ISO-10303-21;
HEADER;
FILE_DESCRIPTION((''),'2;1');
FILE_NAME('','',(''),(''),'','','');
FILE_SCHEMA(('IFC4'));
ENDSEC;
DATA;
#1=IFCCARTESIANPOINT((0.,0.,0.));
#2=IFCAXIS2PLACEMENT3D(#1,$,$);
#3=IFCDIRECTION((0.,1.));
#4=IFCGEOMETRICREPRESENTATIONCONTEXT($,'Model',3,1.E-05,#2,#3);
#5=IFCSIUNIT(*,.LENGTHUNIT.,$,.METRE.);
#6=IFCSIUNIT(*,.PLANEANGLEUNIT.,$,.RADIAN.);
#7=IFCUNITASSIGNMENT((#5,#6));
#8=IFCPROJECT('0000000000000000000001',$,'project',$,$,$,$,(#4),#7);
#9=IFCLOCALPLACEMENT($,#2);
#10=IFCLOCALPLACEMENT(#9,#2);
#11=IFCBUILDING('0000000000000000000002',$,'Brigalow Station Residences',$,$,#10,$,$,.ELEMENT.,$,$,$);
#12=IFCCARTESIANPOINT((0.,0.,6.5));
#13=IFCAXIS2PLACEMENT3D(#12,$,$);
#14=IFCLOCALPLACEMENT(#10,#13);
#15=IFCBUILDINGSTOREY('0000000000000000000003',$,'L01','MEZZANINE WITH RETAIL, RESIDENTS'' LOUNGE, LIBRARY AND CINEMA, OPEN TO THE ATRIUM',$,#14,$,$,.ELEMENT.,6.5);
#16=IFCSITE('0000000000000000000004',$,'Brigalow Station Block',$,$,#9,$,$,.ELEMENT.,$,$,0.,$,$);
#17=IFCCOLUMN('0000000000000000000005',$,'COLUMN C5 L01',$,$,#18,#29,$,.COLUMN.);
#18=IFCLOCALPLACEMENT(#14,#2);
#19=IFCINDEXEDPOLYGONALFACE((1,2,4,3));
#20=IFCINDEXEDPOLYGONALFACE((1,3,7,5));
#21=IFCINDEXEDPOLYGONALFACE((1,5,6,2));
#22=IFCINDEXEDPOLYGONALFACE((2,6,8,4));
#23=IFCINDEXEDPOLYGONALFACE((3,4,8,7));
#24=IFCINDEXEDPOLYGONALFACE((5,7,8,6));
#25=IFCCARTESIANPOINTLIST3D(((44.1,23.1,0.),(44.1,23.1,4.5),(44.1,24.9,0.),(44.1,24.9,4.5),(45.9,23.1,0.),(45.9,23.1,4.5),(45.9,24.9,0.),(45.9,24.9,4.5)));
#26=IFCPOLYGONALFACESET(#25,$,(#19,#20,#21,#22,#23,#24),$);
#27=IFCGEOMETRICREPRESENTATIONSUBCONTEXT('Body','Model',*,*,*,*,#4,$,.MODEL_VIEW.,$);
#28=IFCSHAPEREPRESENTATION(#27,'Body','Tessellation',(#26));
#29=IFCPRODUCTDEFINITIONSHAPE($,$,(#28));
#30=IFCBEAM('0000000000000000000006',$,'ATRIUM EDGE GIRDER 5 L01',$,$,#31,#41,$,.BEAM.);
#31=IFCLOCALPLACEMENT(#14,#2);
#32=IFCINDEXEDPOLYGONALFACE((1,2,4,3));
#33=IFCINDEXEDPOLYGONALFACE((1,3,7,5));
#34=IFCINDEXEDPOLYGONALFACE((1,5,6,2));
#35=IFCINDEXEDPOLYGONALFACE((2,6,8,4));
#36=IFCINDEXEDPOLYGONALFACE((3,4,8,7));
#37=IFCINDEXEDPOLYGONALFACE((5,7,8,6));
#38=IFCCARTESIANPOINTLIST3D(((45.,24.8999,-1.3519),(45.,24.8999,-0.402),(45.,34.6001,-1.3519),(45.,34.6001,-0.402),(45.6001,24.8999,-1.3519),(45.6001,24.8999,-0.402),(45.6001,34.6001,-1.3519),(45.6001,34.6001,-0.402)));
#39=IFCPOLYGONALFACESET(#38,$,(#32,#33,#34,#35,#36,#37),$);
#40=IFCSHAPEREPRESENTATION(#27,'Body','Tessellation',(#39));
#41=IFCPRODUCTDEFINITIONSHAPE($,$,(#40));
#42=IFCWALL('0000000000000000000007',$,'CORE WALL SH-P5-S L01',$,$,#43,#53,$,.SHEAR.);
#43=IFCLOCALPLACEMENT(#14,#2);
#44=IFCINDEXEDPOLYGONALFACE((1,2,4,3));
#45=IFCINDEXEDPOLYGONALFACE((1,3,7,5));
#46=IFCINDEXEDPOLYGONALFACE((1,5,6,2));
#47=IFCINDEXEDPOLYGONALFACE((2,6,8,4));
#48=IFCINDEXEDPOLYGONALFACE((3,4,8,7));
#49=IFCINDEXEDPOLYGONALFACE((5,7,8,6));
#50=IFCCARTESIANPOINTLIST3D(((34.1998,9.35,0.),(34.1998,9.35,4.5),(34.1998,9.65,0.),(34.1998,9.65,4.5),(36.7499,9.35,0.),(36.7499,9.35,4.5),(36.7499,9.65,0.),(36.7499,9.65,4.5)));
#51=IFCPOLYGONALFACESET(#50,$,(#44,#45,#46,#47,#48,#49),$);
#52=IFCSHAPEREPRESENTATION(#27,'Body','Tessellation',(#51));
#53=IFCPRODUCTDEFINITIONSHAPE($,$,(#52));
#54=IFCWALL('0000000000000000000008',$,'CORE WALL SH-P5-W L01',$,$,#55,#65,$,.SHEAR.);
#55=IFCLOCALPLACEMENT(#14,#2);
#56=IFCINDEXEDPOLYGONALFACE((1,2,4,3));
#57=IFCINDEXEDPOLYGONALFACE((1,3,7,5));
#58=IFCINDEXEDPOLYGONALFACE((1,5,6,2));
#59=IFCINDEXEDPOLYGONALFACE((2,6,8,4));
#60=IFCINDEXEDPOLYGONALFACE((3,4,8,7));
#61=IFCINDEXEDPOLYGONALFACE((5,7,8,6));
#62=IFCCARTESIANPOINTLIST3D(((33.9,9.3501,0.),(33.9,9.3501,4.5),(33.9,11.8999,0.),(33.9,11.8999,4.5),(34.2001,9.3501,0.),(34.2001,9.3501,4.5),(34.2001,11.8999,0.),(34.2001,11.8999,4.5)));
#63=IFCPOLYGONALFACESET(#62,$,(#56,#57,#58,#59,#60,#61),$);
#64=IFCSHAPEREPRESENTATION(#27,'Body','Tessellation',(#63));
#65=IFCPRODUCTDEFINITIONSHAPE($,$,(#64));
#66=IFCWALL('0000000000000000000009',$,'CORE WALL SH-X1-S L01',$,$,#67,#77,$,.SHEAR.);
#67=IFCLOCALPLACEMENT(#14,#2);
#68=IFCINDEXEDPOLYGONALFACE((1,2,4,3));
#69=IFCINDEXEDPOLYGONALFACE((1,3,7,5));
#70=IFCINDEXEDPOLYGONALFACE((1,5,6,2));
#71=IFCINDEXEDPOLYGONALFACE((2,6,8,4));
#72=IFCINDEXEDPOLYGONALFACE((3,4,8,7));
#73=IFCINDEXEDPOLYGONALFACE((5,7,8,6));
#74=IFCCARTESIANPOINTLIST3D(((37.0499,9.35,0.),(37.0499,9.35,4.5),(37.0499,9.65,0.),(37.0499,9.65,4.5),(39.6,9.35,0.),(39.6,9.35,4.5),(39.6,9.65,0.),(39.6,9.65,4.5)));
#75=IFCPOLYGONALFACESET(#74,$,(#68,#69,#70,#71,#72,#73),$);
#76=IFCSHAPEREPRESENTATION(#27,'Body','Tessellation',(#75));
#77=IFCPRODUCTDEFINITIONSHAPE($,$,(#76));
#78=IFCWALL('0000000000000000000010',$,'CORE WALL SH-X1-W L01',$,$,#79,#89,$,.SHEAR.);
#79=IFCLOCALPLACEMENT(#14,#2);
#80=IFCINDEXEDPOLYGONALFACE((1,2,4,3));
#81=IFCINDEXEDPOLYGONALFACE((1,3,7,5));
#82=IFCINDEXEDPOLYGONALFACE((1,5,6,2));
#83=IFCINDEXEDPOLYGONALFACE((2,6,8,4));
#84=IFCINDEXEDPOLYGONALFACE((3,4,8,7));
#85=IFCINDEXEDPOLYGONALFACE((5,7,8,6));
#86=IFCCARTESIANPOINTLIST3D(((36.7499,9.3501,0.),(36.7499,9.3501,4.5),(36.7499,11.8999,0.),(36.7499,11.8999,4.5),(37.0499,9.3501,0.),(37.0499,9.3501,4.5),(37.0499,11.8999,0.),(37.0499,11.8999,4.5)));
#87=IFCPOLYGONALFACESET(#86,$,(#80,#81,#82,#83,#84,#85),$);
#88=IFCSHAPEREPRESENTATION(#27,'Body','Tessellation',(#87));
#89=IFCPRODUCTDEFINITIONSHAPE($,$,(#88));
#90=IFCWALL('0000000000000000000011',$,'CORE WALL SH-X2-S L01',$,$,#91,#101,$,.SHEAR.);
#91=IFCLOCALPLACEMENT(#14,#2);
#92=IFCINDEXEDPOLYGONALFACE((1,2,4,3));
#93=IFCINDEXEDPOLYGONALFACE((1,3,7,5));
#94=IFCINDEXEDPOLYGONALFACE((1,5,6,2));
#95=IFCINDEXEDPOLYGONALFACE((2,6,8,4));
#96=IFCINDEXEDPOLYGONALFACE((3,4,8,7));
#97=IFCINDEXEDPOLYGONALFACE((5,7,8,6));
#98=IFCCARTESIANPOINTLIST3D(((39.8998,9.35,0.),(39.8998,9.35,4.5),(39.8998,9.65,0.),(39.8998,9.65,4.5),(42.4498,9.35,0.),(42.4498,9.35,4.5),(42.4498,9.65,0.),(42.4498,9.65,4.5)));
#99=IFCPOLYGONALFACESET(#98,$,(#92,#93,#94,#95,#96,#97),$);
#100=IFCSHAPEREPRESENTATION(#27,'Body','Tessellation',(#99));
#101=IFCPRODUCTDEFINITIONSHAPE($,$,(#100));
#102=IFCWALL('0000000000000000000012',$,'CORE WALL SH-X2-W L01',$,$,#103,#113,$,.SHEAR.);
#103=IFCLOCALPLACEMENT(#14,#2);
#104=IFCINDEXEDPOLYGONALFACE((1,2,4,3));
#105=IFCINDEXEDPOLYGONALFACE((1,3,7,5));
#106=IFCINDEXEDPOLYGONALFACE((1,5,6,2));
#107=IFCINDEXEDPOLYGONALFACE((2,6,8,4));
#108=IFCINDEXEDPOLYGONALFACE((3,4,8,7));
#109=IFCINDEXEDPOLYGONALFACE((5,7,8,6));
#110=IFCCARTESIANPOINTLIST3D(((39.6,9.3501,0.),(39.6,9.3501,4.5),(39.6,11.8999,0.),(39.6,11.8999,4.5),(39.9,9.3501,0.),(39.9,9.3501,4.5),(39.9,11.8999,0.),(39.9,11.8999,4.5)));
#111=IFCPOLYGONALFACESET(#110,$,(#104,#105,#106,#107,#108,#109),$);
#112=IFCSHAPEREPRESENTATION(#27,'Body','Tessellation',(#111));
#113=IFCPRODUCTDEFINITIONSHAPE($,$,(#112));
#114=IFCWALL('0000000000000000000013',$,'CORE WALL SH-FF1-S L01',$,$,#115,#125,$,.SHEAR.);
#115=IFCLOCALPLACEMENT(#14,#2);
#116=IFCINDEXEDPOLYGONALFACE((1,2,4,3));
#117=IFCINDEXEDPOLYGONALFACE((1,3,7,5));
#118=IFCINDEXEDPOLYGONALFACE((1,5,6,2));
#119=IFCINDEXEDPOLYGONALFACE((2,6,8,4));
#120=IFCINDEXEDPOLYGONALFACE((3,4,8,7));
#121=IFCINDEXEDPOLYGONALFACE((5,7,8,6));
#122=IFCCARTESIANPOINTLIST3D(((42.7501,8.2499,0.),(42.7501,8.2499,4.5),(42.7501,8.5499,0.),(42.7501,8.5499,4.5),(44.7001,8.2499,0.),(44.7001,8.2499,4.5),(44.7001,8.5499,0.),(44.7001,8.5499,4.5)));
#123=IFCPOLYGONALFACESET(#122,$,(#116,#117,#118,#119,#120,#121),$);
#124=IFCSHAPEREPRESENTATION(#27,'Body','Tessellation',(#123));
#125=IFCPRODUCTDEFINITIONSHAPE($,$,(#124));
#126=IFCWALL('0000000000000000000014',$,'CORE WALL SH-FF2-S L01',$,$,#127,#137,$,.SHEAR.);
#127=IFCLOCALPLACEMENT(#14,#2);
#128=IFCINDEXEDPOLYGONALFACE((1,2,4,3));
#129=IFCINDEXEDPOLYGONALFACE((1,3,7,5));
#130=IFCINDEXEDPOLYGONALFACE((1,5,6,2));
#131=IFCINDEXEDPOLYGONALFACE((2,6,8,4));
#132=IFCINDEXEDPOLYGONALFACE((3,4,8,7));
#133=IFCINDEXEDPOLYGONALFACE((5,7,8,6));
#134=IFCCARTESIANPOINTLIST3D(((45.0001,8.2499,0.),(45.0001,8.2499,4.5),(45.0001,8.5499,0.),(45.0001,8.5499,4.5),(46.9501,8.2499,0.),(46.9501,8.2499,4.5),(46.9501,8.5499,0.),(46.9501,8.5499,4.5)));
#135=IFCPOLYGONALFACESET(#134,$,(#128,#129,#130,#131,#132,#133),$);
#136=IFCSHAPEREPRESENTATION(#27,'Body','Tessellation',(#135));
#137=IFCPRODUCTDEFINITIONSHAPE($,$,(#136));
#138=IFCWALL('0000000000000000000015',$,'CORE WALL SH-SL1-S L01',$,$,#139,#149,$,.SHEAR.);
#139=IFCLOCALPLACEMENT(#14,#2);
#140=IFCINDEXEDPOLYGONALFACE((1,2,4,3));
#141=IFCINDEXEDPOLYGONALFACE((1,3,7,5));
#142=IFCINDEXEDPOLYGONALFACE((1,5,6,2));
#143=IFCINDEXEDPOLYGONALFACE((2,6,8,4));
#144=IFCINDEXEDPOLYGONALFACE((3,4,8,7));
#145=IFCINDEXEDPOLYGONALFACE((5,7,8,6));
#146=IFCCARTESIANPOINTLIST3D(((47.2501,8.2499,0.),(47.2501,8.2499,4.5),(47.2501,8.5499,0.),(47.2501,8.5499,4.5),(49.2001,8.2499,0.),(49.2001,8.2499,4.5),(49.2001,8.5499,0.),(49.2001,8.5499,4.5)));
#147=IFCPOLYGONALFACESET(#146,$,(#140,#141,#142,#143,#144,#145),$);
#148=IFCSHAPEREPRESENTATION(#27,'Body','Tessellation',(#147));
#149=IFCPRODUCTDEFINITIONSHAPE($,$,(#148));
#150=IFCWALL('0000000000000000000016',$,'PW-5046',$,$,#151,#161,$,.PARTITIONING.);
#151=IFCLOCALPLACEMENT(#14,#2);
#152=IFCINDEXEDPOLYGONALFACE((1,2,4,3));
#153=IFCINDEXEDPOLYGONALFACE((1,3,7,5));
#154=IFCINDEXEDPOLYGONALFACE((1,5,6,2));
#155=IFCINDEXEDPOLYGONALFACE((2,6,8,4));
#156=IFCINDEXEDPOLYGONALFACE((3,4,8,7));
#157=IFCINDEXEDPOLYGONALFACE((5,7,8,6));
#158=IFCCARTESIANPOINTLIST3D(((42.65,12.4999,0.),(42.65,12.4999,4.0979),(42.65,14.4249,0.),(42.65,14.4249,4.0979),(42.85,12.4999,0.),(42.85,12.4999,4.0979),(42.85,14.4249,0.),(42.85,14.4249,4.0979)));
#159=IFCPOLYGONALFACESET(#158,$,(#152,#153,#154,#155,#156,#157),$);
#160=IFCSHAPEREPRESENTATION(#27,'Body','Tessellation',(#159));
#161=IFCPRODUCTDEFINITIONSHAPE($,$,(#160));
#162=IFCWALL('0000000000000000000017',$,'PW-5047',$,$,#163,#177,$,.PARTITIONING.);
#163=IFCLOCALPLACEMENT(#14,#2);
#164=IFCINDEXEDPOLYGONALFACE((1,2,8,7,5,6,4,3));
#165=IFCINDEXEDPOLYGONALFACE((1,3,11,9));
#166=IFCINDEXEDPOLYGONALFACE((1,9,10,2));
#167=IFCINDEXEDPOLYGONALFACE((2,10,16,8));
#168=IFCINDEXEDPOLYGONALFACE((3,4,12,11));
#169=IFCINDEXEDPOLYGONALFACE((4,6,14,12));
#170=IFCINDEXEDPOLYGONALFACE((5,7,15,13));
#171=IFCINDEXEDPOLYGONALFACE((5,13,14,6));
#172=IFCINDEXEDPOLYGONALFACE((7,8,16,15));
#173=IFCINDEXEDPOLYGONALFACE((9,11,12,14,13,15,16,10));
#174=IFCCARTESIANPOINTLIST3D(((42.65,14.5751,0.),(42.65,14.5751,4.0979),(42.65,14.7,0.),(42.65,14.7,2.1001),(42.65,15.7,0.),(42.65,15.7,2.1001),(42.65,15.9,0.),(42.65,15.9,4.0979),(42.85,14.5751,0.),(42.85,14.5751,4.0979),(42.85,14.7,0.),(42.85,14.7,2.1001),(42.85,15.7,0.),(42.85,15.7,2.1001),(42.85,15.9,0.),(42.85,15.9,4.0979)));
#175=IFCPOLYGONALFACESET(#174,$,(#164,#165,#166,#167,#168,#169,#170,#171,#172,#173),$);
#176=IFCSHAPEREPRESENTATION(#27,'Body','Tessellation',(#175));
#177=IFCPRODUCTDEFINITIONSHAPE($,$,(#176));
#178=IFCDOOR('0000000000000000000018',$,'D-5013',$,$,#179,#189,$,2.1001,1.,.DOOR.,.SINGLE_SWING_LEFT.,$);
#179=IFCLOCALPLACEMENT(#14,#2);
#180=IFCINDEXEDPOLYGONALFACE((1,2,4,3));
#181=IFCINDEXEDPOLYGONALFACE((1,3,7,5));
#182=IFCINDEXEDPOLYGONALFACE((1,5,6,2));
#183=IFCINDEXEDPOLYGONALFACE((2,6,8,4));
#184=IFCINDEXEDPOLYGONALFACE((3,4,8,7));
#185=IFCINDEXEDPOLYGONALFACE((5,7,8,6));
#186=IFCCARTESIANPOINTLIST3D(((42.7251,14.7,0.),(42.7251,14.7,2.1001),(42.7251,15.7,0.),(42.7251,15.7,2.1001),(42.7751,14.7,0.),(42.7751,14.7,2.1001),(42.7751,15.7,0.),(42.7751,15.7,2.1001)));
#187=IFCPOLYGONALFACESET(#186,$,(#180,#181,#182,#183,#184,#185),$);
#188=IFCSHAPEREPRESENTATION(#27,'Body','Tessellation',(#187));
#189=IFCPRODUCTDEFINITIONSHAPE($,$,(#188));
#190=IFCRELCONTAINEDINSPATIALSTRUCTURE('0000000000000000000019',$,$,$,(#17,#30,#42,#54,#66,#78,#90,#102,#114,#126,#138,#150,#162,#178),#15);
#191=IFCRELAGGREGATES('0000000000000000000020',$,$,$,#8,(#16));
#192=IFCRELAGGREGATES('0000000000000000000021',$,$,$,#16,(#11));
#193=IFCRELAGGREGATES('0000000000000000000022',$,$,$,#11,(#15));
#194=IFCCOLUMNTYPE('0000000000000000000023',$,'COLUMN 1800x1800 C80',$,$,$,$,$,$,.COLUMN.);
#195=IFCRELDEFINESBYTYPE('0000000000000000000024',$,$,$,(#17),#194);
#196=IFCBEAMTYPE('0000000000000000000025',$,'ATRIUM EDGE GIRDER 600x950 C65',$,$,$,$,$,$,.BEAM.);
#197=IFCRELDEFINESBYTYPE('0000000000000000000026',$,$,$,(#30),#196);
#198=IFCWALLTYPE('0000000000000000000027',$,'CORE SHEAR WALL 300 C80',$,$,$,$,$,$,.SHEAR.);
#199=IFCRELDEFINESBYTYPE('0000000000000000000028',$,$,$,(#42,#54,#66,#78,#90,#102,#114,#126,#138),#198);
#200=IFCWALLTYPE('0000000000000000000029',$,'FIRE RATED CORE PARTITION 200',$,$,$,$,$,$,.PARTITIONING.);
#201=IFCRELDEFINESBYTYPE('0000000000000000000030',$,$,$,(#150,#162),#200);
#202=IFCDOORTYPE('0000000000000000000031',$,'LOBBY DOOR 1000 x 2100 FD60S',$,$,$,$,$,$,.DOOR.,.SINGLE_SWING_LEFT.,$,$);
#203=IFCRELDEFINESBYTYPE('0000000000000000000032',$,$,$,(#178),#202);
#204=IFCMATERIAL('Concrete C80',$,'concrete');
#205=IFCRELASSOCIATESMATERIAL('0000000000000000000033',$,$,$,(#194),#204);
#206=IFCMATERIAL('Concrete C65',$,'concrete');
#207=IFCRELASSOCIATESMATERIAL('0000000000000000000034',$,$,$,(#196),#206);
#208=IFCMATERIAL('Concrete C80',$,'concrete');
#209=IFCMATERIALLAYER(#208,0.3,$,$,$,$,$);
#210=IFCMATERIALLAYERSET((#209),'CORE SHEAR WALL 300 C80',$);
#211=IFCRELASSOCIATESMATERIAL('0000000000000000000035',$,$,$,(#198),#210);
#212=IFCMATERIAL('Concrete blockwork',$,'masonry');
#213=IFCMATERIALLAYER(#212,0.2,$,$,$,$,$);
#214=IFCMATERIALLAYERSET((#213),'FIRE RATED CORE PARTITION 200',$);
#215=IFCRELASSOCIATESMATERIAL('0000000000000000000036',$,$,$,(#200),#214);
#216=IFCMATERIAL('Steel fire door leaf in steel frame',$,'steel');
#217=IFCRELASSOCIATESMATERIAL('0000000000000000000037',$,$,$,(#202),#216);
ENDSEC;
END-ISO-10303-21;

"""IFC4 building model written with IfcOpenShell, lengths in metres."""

from ifc_helpers import new_model, si_unit, direction, frame, frame_2d, origin, origin_2d, place, context, subcontext, project, spatial, rectangle, extrude, material, layer, layer_set, material_profile, profile_set, type_object, element, fill, save


model = new_model("IFC4")

# Units and contexts
model_context = context("Model", 3, precision=1e-05, world=origin(), true_north=direction((0.0, 1.0)))
body_context = subcontext(model_context, "Body", "Model", "MODEL_VIEW")
ifc_project = project(units=[si_unit("LENGTHUNIT", "METRE"), si_unit("PLANEANGLEUNIT", "RADIAN")], contexts=[model_context])

# Site, building, storey
site_placement = place(None, origin())
site = spatial("IfcSite", under=ifc_project, at=site_placement, Name="Brigalow Station Block", CompositionType="ELEMENT", RefElevation=0.0)
building_placement = place(site_placement, origin())
building = spatial("IfcBuilding", under=site, at=building_placement, Name="Brigalow Station Residences", CompositionType="ELEMENT")
storey_placement = place(building_placement, frame((0.0, 0.0, 6.5)))
storey = spatial("IfcBuildingStorey", under=building, at=storey_placement, Name="L01", Description="MEZZANINE WITH RETAIL, RESIDENTS' LOUNGE, LIBRARY AND CINEMA, OPEN TO THE ATRIUM", CompositionType="ELEMENT", Elevation=6.5)

# Column
ifc_material_1 = material(Name="Concrete C80", Category="concrete")
ifc_material_profile_1 = material_profile(ifc_material_1, rectangle(XDim=1.8, YDim=1.8, at=origin_2d()), Name="RC1800x1800")
ifc_profile_set_1 = profile_set([ifc_material_profile_1], Name="Concrete C80")
column_type = type_object("IfcColumnType", Name="COLUMN 1800x1800 C80", PredefinedType="COLUMN", material=ifc_profile_set_1)
column_placement = place(storey_placement, frame((45.0, 24.0, 0.0), z_axis=(0.0, 0.0, 1.0), x_axis=(1.0, 0.0, 0.0)))
element("IfcColumn", 1, at=column_placement, inside=storey, type_object=column_type, Name="COLUMN C5 L01", PredefinedType="COLUMN", context=body_context, shape_type="SweptSolid", body=[
    extrude(rectangle(XDim=1.8, YDim=1.8, at=origin_2d()), origin(), (0.0, 0.0, 1.0), 4.5),
])

# Beam
ifc_material_2 = material(Name="Concrete C65", Category="concrete")
ifc_material_profile_2 = material_profile(ifc_material_2, rectangle(XDim=0.6001, YDim=0.95, at=origin_2d()), Name="RC600x950")
ifc_profile_set_2 = profile_set([ifc_material_profile_2], Name="Concrete C65")
beam_type = type_object("IfcBeamType", Name="ATRIUM EDGE GIRDER 600x950 C65", PredefinedType="BEAM", material=ifc_profile_set_2)
beam_placement = place(storey_placement, frame((45.3, 24.8999, -0.877), z_axis=(0.0, 1.0, 0.0), x_axis=(-1.0, 0.0, 0.0)))
element("IfcBeam", 2, at=beam_placement, inside=storey, type_object=beam_type, Name="ATRIUM EDGE GIRDER 5 L01", PredefinedType="BEAM", context=body_context, shape_type="SweptSolid", body=[
    extrude(rectangle(XDim=0.6001, YDim=0.95, at=origin_2d()), origin(), (0.0, 0.0, 1.0), 9.7002),
])

# Walls
ifc_material_3 = material(Name="Concrete C80", Category="concrete")
ifc_layer_1 = layer(ifc_material_3, 0.3)
ifc_layer_set_1 = layer_set([ifc_layer_1], Name="CORE SHEAR WALL 300 C80")
wall_type_1 = type_object("IfcWallType", Name="CORE SHEAR WALL 300 C80", PredefinedType="SHEAR", material=ifc_layer_set_1)
wall_1_placement = place(storey_placement, frame((34.2, 9.5, 0.0), z_axis=(0.0, 0.0, 1.0), x_axis=(1.0, 0.0, 0.0)))
element("IfcWall", 3, at=wall_1_placement, inside=storey, type_object=wall_type_1, Name="CORE WALL SH-P5-S L01", PredefinedType="SHEAR", context=body_context, shape_type="SweptSolid", body=[
    extrude(rectangle(XDim=2.55, YDim=0.3, at=frame_2d((1.2749, 0.0))), origin(), (0.0, 0.0, 1.0), 4.5),
])
wall_2_placement = place(storey_placement, frame((34.05, 9.3501, 0.0), z_axis=(0.0, 0.0, 1.0), x_axis=(0.0, 1.0, 0.0)))
element("IfcWall", 4, at=wall_2_placement, inside=storey, type_object=wall_type_1, Name="CORE WALL SH-P5-W L01", PredefinedType="SHEAR", context=body_context, shape_type="SweptSolid", body=[
    extrude(rectangle(XDim=2.5498, YDim=0.3, at=frame_2d((1.2749, 0.0))), origin(), (0.0, 0.0, 1.0), 4.5),
])
wall_3_placement = place(storey_placement, frame((37.05, 9.5, 0.0), z_axis=(0.0, 0.0, 1.0), x_axis=(1.0, 0.0, 0.0)))
element("IfcWall", 5, at=wall_3_placement, inside=storey, type_object=wall_type_1, Name="CORE WALL SH-X1-S L01", PredefinedType="SHEAR", context=body_context, shape_type="SweptSolid", body=[
    extrude(rectangle(XDim=2.55, YDim=0.3, at=frame_2d((1.2749, 0.0))), origin(), (0.0, 0.0, 1.0), 4.5),
])
wall_4_placement = place(storey_placement, frame((36.8999, 9.3501, 0.0), z_axis=(0.0, 0.0, 1.0), x_axis=(0.0, 1.0, 0.0)))
element("IfcWall", 6, at=wall_4_placement, inside=storey, type_object=wall_type_1, Name="CORE WALL SH-X1-W L01", PredefinedType="SHEAR", context=body_context, shape_type="SweptSolid", body=[
    extrude(rectangle(XDim=2.5498, YDim=0.3, at=frame_2d((1.2749, 0.0))), origin(), (0.0, 0.0, 1.0), 4.5),
])
wall_5_placement = place(storey_placement, frame((39.8999, 9.5, 0.0), z_axis=(0.0, 0.0, 1.0), x_axis=(1.0, 0.0, 0.0)))
element("IfcWall", 7, at=wall_5_placement, inside=storey, type_object=wall_type_1, Name="CORE WALL SH-X2-S L01", PredefinedType="SHEAR", context=body_context, shape_type="SweptSolid", body=[
    extrude(rectangle(XDim=2.55, YDim=0.3, at=frame_2d((1.2749, 0.0))), origin(), (0.0, 0.0, 1.0), 4.5),
])
wall_6_placement = place(storey_placement, frame((39.75, 9.3501, 0.0), z_axis=(0.0, 0.0, 1.0), x_axis=(0.0, 1.0, 0.0)))
element("IfcWall", 8, at=wall_6_placement, inside=storey, type_object=wall_type_1, Name="CORE WALL SH-X2-W L01", PredefinedType="SHEAR", context=body_context, shape_type="SweptSolid", body=[
    extrude(rectangle(XDim=2.5498, YDim=0.3, at=frame_2d((1.2749, 0.0))), origin(), (0.0, 0.0, 1.0), 4.5),
])
for number, where, z_axis, x_axis, name in (
    (9, (42.75, 8.3999, 0.0), (0.0, 0.0, 1.0), (1.0, 0.0, 0.0), "CORE WALL SH-FF1-S L01"),
    (10, (45.0, 8.3999, 0.0), (0.0, 0.0, 1.0), (1.0, 0.0, 0.0), "CORE WALL SH-FF2-S L01"),
    (11, (47.25, 8.3999, 0.0), (0.0, 0.0, 1.0), (1.0, 0.0, 0.0), "CORE WALL SH-SL1-S L01"),
):
    element("IfcWall", number, at=place(storey_placement, frame(where, z_axis=z_axis, x_axis=x_axis)), inside=storey, type_object=wall_type_1, Name=name, PredefinedType="SHEAR", context=body_context, shape_type="SweptSolid", body=[
        extrude(rectangle(XDim=1.95, YDim=0.3, at=frame_2d((0.9751, 0.0))), origin(), (0.0, 0.0, 1.0), 4.5),
    ])
ifc_material_4 = material(Name="Concrete blockwork", Category="masonry")
ifc_layer_2 = layer(ifc_material_4, 0.2)
ifc_layer_set_2 = layer_set([ifc_layer_2], Name="FIRE RATED CORE PARTITION 200")
wall_type_2 = type_object("IfcWallType", Name="FIRE RATED CORE PARTITION 200", PredefinedType="PARTITIONING", material=ifc_layer_set_2)
wall_7_placement = place(storey_placement, frame((42.75, 12.5, 0.0), z_axis=(0.0, 0.0, 1.0), x_axis=(0.0, 1.0, 0.0)))
element("IfcWall", 12, at=wall_7_placement, inside=storey, type_object=wall_type_2, Name="PW-5046", PredefinedType="PARTITIONING", context=body_context, shape_type="SweptSolid", body=[
    extrude(rectangle(XDim=1.925, YDim=0.2, at=frame_2d((0.9624, 0.0))), origin(), (0.0, 0.0, 1.0), 4.0979),
])

# Wall, opening, door
wall_8_placement = place(storey_placement, frame((42.75, 14.575, 0.0), z_axis=(0.0, 0.0, 1.0), x_axis=(0.0, 1.0, 0.0)))
wall_8 = element("IfcWall", 13, at=wall_8_placement, inside=storey, type_object=wall_type_2, Name="PW-5047", PredefinedType="PARTITIONING", context=body_context, shape_type="SweptSolid", body=[
    extrude(rectangle(XDim=1.325, YDim=0.2, at=frame_2d((0.6626, 0.0))), origin(), (0.0, 0.0, 1.0), 4.0979),
])
opening_1_placement = place(wall_8_placement, frame((0.125, 0.0, 0.0)))
opening_1 = element("IfcOpeningElement", 14, at=opening_1_placement, cuts=wall_8, PredefinedType="OPENING", context=body_context, shape_type="SweptSolid", body=[
    extrude(rectangle(XDim=1.0, YDim=2.1001, at=frame_2d((0.5, 1.05))), frame((0.0, 0.1099, 0.0), z_axis=(0.0, -1.0, 0.0), x_axis=(1.0, 0.0, 0.0)), (0.0, 0.0, 1.0), 0.22),
])
ifc_material_5 = material(Name="Steel fire door leaf in steel frame", Category="steel")
door_type_1 = type_object("IfcDoorType", Name="LOBBY DOOR 1000 x 2100 FD60S", OperationType="SINGLE_SWING_LEFT", PredefinedType="DOOR", material=ifc_material_5)
door_1_placement = place(opening_1_placement, origin())
door_1 = element("IfcDoor", 15, at=door_1_placement, inside=storey, type_object=door_type_1, Name="D-5013", OperationType="SINGLE_SWING_LEFT", OverallHeight=2.1001, OverallWidth=1.0, PredefinedType="DOOR", context=body_context, shape_type="SweptSolid", body=[
    extrude(rectangle(XDim=1.0, YDim=2.1001, at=frame_2d((0.5, 1.05))), frame((0.0, 0.0249, 0.0), z_axis=(0.0, -1.0, 0.0), x_axis=(1.0, 0.0, 0.0)), (0.0, 0.0, 1.0), 0.05),
])
fill(opening_1, door_1)

save(model, "model.ifc")
